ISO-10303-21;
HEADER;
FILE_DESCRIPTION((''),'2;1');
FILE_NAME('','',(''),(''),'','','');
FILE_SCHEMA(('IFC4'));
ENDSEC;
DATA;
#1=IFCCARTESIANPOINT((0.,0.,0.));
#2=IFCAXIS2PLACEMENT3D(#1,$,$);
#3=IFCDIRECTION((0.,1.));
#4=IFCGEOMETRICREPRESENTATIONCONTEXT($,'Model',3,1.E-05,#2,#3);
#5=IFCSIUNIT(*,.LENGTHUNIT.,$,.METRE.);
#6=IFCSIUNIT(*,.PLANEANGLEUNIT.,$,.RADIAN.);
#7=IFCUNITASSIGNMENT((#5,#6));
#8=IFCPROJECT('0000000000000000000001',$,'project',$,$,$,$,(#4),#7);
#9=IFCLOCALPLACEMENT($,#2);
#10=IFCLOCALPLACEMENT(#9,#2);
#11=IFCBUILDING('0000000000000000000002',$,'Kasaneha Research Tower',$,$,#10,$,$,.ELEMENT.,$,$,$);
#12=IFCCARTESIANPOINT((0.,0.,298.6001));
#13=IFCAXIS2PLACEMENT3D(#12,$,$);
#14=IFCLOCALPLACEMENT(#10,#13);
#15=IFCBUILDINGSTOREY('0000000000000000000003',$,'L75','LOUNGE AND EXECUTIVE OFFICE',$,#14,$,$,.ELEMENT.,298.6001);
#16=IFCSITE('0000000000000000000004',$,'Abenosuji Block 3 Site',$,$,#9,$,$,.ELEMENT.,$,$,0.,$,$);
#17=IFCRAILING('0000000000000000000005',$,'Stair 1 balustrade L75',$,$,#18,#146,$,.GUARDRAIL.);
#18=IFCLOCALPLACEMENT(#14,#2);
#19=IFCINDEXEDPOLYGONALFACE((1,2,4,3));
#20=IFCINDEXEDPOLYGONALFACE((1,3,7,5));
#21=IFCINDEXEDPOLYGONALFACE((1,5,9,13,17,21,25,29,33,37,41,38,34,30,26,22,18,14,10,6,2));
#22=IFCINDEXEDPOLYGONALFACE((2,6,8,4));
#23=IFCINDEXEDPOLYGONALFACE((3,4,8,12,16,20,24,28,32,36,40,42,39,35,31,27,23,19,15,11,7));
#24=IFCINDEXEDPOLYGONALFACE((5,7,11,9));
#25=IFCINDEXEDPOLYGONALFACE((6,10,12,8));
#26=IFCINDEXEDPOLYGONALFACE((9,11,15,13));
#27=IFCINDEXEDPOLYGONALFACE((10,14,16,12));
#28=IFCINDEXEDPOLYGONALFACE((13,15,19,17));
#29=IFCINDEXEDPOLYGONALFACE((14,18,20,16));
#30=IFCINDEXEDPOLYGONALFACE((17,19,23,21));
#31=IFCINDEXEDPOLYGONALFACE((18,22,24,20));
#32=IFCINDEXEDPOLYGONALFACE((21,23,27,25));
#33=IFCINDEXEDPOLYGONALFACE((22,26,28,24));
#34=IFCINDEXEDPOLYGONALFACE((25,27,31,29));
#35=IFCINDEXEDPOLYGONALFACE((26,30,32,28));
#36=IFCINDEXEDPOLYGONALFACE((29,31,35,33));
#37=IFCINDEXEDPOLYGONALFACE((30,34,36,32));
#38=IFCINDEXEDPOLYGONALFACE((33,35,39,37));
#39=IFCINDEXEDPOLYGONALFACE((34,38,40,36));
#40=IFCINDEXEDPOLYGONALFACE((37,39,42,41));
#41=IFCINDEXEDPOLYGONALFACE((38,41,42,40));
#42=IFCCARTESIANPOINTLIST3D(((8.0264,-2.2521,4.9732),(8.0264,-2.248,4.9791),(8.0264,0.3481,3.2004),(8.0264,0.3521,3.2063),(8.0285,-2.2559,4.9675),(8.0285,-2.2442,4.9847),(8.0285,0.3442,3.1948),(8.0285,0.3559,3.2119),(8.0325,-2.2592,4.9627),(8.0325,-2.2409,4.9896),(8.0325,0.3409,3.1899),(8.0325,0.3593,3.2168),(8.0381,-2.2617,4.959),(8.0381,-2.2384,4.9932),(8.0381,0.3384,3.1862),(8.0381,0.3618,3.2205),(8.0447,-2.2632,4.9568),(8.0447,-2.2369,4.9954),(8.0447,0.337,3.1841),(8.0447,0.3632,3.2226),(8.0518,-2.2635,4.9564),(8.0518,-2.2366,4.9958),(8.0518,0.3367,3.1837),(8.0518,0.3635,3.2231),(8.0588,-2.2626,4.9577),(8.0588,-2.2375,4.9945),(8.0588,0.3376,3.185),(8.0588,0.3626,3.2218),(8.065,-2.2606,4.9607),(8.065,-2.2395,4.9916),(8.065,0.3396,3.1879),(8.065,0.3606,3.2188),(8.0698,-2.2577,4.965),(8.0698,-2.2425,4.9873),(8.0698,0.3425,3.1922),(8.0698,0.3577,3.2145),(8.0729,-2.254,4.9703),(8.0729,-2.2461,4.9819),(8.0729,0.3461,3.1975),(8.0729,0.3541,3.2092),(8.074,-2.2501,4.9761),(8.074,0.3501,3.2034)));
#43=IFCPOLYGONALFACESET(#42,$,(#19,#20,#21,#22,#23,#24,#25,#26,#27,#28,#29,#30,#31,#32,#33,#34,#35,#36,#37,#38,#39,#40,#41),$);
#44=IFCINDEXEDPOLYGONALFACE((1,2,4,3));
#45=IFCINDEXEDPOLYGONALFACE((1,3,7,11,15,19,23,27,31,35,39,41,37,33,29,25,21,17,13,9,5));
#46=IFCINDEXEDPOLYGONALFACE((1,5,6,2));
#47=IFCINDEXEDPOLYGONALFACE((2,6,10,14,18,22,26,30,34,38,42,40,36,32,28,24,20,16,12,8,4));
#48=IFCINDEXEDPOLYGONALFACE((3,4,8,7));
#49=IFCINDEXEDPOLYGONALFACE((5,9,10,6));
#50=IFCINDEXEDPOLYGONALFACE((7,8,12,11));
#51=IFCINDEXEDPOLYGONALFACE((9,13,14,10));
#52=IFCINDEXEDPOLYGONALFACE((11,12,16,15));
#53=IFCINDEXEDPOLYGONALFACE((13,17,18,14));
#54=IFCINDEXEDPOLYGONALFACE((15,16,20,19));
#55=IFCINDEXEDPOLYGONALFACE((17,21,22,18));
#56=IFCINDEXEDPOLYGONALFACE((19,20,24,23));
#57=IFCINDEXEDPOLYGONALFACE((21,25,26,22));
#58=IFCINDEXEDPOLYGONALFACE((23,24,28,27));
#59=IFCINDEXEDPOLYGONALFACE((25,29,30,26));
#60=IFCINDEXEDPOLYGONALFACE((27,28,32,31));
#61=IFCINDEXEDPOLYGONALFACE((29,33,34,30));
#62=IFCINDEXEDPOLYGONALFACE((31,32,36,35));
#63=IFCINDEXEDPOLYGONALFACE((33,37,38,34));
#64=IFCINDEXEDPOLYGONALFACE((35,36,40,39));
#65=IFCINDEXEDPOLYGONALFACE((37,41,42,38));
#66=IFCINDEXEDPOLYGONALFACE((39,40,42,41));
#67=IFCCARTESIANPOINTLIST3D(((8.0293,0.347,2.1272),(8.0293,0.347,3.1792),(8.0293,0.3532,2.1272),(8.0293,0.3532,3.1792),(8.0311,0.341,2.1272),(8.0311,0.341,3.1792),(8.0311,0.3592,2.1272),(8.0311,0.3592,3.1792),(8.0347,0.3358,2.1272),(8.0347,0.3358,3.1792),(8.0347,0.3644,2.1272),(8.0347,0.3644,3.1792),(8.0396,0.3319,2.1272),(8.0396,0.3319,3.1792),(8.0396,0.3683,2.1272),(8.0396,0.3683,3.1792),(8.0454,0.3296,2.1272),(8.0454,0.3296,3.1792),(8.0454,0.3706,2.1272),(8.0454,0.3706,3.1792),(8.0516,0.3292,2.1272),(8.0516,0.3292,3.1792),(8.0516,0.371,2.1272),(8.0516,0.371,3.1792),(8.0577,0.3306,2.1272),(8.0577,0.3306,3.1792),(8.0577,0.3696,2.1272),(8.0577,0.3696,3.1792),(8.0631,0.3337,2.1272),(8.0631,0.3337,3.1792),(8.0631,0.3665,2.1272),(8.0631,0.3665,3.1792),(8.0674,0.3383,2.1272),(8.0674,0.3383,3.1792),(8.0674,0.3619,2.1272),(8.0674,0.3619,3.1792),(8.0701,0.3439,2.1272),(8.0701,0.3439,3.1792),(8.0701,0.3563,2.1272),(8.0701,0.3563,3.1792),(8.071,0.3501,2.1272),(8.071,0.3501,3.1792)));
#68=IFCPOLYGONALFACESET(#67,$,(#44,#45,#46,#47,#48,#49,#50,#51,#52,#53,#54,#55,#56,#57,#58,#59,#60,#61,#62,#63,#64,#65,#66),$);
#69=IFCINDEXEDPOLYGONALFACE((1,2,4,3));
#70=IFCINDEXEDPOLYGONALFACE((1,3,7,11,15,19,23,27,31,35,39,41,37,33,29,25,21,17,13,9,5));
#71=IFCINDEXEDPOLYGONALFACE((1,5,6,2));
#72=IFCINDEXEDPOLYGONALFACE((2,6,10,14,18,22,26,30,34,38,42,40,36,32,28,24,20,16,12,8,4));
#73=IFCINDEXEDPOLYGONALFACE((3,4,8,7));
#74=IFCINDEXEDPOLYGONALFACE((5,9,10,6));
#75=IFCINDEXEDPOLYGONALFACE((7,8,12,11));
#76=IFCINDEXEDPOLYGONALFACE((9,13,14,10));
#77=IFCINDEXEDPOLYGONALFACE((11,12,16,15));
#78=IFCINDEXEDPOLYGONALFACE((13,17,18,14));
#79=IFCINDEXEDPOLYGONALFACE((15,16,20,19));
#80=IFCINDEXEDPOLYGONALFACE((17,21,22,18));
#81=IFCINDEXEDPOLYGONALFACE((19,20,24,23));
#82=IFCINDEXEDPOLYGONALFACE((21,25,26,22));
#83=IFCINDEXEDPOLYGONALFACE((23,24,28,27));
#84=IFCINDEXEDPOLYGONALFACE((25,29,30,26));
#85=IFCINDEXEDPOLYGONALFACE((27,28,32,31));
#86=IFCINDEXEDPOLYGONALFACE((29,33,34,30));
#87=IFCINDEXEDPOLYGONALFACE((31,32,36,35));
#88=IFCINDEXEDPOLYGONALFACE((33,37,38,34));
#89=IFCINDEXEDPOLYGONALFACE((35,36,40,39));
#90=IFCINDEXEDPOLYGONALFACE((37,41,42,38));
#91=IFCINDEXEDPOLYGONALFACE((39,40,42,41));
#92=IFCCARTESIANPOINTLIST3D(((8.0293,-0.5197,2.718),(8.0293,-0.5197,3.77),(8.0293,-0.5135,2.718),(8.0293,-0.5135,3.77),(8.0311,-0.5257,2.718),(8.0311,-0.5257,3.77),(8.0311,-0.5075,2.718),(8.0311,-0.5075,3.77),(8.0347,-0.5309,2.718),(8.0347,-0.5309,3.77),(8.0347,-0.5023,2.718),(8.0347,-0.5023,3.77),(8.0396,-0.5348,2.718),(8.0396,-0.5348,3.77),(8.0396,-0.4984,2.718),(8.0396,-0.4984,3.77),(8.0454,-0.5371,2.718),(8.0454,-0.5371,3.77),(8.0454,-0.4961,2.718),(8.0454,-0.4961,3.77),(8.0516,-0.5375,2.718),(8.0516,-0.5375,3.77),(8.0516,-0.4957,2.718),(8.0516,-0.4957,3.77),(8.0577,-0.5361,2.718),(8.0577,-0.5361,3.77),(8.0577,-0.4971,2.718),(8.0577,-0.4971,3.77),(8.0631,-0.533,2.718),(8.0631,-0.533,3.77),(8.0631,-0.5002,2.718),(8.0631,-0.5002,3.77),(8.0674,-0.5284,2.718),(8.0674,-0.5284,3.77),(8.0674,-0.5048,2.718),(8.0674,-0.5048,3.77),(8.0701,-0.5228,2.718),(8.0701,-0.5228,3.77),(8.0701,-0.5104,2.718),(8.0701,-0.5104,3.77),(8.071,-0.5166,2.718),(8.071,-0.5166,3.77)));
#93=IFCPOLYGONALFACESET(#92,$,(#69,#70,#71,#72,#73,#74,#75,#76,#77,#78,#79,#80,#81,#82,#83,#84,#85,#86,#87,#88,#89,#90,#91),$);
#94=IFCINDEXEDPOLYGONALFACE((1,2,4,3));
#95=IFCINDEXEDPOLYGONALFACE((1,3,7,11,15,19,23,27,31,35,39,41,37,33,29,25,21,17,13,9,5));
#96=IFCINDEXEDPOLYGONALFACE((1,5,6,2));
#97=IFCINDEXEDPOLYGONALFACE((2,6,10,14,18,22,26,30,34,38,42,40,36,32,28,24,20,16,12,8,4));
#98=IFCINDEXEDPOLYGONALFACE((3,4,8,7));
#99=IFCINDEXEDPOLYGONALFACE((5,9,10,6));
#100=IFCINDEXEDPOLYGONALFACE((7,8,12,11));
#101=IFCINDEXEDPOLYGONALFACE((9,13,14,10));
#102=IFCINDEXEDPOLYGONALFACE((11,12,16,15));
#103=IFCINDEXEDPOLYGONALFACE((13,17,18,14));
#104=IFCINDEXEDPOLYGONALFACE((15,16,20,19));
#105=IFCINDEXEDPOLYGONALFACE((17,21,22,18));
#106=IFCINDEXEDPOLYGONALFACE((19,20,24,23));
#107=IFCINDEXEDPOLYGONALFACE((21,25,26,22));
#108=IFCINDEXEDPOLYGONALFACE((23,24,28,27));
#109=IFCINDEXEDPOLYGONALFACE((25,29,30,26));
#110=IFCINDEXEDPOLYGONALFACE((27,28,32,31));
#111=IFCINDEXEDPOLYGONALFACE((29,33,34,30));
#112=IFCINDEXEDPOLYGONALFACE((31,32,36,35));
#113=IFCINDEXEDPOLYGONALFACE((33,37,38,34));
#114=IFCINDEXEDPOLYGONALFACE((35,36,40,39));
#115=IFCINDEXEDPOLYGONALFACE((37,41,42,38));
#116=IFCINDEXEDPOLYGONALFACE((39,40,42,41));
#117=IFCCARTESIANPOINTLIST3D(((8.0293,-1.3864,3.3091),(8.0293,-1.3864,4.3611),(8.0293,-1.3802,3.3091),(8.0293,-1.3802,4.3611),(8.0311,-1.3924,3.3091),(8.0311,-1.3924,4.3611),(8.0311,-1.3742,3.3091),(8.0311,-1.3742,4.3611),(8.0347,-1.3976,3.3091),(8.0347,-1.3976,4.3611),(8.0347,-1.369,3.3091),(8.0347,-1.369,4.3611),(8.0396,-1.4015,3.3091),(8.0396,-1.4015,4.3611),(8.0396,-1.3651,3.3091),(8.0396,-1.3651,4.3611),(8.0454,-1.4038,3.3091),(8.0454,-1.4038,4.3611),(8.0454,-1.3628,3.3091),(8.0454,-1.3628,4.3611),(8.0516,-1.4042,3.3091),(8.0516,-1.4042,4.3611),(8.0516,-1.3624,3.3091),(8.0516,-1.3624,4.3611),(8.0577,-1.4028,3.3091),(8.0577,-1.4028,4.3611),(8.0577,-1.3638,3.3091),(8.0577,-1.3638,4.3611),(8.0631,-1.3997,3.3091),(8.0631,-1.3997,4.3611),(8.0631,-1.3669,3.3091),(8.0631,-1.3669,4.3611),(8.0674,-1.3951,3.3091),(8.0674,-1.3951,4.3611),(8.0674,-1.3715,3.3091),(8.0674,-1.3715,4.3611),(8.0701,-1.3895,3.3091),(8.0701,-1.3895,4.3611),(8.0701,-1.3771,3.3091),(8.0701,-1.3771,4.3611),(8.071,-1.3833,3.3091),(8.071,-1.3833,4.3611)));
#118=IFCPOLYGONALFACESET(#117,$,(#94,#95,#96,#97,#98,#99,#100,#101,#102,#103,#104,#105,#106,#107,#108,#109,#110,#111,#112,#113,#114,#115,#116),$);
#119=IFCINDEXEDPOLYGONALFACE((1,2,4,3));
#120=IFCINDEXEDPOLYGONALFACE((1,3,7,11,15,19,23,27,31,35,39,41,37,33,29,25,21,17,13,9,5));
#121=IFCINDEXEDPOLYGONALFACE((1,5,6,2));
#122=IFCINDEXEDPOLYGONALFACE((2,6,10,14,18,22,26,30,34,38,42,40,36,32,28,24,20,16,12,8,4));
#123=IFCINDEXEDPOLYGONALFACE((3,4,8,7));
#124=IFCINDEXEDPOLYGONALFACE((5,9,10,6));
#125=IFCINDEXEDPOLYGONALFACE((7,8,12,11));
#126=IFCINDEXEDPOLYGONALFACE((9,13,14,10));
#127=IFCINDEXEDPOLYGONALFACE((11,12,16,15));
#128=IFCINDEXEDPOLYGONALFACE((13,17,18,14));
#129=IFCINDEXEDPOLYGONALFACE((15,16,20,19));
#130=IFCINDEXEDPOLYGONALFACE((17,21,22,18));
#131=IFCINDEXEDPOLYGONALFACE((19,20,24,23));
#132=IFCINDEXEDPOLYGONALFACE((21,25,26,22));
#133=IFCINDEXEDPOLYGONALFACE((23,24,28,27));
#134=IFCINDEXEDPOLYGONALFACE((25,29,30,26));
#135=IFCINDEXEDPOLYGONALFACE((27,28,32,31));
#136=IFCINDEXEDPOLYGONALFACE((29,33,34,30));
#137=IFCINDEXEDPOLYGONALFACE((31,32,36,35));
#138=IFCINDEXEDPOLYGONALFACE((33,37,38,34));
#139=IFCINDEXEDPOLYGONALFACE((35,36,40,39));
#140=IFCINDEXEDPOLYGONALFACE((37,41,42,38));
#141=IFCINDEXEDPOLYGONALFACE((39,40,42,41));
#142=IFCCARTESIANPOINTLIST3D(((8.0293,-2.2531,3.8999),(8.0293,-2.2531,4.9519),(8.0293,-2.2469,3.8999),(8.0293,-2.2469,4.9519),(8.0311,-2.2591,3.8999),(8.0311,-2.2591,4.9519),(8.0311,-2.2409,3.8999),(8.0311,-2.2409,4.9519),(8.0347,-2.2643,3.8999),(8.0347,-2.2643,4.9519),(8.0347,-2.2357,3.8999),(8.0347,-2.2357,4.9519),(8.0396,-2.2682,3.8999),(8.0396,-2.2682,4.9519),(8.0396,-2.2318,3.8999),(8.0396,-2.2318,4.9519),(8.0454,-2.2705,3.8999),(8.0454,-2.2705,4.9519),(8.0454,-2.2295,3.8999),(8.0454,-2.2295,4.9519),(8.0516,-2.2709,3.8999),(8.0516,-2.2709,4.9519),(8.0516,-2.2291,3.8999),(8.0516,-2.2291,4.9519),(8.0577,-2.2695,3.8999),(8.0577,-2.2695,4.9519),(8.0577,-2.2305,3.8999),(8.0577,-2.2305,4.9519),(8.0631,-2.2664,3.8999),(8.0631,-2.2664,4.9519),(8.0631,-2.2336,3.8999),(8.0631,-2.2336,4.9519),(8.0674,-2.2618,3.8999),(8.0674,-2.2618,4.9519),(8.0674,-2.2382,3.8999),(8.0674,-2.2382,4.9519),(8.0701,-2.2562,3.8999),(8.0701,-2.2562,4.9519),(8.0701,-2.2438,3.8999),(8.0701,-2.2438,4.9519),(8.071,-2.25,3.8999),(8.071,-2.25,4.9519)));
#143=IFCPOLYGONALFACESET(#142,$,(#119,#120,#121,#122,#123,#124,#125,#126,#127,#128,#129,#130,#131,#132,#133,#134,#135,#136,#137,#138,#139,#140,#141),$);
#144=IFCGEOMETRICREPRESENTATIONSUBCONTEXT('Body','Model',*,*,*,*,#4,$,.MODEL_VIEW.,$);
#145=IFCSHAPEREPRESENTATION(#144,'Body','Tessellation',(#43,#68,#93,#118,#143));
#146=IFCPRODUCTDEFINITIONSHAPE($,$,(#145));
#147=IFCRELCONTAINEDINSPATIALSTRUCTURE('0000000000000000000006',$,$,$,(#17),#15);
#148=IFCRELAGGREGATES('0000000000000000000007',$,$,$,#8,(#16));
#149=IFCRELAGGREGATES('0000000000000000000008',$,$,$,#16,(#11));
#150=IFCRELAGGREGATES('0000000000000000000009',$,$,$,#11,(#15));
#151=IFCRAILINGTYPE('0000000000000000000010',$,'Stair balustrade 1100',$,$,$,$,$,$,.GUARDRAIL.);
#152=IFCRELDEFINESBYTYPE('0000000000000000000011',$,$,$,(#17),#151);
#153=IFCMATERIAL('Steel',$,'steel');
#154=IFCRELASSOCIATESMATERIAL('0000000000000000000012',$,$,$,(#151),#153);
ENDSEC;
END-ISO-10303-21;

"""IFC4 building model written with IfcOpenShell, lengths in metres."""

from ifc_helpers import new_model, si_unit, direction, frame, origin, origin_2d, place, context, subcontext, project, spatial, circle, extrude, material, type_object, element, save


model = new_model("IFC4")

# Units and contexts
model_context = context("Model", 3, precision=1e-05, world=origin(), true_north=direction((0.0, 1.0)))
body_context = subcontext(model_context, "Body", "Model", "MODEL_VIEW")
ifc_project = project(units=[si_unit("LENGTHUNIT", "METRE"), si_unit("PLANEANGLEUNIT", "RADIAN")], contexts=[model_context])

# Site, building, storey
site_placement = place(None, origin())
site = spatial("IfcSite", under=ifc_project, at=site_placement, Name="Abenosuji Block 3 Site", CompositionType="ELEMENT", RefElevation=0.0)
building_placement = place(site_placement, origin())
building = spatial("IfcBuilding", under=site, at=building_placement, Name="Kasaneha Research Tower", CompositionType="ELEMENT")
storey_placement = place(building_placement, frame((0.0, 0.0, 298.6001)))
storey = spatial("IfcBuildingStorey", under=building, at=storey_placement, Name="L75", Description="LOUNGE AND EXECUTIVE OFFICE", CompositionType="ELEMENT", Elevation=298.6001)

# Railing
ifc_material_1 = material(Name="Steel", Category="steel")
railing_type_1 = type_object("IfcRailingType", Name="Stair balustrade 1100", PredefinedType="GUARDRAIL", material=ifc_material_1)
railing_1_placement = place(storey_placement, frame((8.05, 0.3501, 2.1272)))
element("IfcRailing", 1, at=railing_1_placement, inside=storey, type_object=railing_type_1, Name="Stair 1 balustrade L75", PredefinedType="GUARDRAIL", context=body_context, shape_type="SweptSolid", body=[
    extrude(circle(Radius=0.0239, at=origin_2d()), frame((0.0, 0.0, 1.0762), z_axis=(0.0, -0.82624, 0.563318), x_axis=(1.0, 0.0, 0.0)), (0.0, 0.0, 1.0), 3.147),
    extrude(circle(Radius=0.021, at=origin_2d()), origin(), (0.0, 0.0, 1.0), 1.052),
    extrude(circle(Radius=0.021, at=origin_2d()), frame((0.0, -0.8667, 0.5908)), (0.0, 0.0, 1.0), 1.052),
    extrude(circle(Radius=0.021, at=origin_2d()), frame((0.0, -1.7334, 1.1819)), (0.0, 0.0, 1.0), 1.052),
    extrude(circle(Radius=0.021, at=origin_2d()), frame((0.0, -2.6001, 1.7727)), (0.0, 0.0, 1.0), 1.052),
])

save(model, "model.ifc")
